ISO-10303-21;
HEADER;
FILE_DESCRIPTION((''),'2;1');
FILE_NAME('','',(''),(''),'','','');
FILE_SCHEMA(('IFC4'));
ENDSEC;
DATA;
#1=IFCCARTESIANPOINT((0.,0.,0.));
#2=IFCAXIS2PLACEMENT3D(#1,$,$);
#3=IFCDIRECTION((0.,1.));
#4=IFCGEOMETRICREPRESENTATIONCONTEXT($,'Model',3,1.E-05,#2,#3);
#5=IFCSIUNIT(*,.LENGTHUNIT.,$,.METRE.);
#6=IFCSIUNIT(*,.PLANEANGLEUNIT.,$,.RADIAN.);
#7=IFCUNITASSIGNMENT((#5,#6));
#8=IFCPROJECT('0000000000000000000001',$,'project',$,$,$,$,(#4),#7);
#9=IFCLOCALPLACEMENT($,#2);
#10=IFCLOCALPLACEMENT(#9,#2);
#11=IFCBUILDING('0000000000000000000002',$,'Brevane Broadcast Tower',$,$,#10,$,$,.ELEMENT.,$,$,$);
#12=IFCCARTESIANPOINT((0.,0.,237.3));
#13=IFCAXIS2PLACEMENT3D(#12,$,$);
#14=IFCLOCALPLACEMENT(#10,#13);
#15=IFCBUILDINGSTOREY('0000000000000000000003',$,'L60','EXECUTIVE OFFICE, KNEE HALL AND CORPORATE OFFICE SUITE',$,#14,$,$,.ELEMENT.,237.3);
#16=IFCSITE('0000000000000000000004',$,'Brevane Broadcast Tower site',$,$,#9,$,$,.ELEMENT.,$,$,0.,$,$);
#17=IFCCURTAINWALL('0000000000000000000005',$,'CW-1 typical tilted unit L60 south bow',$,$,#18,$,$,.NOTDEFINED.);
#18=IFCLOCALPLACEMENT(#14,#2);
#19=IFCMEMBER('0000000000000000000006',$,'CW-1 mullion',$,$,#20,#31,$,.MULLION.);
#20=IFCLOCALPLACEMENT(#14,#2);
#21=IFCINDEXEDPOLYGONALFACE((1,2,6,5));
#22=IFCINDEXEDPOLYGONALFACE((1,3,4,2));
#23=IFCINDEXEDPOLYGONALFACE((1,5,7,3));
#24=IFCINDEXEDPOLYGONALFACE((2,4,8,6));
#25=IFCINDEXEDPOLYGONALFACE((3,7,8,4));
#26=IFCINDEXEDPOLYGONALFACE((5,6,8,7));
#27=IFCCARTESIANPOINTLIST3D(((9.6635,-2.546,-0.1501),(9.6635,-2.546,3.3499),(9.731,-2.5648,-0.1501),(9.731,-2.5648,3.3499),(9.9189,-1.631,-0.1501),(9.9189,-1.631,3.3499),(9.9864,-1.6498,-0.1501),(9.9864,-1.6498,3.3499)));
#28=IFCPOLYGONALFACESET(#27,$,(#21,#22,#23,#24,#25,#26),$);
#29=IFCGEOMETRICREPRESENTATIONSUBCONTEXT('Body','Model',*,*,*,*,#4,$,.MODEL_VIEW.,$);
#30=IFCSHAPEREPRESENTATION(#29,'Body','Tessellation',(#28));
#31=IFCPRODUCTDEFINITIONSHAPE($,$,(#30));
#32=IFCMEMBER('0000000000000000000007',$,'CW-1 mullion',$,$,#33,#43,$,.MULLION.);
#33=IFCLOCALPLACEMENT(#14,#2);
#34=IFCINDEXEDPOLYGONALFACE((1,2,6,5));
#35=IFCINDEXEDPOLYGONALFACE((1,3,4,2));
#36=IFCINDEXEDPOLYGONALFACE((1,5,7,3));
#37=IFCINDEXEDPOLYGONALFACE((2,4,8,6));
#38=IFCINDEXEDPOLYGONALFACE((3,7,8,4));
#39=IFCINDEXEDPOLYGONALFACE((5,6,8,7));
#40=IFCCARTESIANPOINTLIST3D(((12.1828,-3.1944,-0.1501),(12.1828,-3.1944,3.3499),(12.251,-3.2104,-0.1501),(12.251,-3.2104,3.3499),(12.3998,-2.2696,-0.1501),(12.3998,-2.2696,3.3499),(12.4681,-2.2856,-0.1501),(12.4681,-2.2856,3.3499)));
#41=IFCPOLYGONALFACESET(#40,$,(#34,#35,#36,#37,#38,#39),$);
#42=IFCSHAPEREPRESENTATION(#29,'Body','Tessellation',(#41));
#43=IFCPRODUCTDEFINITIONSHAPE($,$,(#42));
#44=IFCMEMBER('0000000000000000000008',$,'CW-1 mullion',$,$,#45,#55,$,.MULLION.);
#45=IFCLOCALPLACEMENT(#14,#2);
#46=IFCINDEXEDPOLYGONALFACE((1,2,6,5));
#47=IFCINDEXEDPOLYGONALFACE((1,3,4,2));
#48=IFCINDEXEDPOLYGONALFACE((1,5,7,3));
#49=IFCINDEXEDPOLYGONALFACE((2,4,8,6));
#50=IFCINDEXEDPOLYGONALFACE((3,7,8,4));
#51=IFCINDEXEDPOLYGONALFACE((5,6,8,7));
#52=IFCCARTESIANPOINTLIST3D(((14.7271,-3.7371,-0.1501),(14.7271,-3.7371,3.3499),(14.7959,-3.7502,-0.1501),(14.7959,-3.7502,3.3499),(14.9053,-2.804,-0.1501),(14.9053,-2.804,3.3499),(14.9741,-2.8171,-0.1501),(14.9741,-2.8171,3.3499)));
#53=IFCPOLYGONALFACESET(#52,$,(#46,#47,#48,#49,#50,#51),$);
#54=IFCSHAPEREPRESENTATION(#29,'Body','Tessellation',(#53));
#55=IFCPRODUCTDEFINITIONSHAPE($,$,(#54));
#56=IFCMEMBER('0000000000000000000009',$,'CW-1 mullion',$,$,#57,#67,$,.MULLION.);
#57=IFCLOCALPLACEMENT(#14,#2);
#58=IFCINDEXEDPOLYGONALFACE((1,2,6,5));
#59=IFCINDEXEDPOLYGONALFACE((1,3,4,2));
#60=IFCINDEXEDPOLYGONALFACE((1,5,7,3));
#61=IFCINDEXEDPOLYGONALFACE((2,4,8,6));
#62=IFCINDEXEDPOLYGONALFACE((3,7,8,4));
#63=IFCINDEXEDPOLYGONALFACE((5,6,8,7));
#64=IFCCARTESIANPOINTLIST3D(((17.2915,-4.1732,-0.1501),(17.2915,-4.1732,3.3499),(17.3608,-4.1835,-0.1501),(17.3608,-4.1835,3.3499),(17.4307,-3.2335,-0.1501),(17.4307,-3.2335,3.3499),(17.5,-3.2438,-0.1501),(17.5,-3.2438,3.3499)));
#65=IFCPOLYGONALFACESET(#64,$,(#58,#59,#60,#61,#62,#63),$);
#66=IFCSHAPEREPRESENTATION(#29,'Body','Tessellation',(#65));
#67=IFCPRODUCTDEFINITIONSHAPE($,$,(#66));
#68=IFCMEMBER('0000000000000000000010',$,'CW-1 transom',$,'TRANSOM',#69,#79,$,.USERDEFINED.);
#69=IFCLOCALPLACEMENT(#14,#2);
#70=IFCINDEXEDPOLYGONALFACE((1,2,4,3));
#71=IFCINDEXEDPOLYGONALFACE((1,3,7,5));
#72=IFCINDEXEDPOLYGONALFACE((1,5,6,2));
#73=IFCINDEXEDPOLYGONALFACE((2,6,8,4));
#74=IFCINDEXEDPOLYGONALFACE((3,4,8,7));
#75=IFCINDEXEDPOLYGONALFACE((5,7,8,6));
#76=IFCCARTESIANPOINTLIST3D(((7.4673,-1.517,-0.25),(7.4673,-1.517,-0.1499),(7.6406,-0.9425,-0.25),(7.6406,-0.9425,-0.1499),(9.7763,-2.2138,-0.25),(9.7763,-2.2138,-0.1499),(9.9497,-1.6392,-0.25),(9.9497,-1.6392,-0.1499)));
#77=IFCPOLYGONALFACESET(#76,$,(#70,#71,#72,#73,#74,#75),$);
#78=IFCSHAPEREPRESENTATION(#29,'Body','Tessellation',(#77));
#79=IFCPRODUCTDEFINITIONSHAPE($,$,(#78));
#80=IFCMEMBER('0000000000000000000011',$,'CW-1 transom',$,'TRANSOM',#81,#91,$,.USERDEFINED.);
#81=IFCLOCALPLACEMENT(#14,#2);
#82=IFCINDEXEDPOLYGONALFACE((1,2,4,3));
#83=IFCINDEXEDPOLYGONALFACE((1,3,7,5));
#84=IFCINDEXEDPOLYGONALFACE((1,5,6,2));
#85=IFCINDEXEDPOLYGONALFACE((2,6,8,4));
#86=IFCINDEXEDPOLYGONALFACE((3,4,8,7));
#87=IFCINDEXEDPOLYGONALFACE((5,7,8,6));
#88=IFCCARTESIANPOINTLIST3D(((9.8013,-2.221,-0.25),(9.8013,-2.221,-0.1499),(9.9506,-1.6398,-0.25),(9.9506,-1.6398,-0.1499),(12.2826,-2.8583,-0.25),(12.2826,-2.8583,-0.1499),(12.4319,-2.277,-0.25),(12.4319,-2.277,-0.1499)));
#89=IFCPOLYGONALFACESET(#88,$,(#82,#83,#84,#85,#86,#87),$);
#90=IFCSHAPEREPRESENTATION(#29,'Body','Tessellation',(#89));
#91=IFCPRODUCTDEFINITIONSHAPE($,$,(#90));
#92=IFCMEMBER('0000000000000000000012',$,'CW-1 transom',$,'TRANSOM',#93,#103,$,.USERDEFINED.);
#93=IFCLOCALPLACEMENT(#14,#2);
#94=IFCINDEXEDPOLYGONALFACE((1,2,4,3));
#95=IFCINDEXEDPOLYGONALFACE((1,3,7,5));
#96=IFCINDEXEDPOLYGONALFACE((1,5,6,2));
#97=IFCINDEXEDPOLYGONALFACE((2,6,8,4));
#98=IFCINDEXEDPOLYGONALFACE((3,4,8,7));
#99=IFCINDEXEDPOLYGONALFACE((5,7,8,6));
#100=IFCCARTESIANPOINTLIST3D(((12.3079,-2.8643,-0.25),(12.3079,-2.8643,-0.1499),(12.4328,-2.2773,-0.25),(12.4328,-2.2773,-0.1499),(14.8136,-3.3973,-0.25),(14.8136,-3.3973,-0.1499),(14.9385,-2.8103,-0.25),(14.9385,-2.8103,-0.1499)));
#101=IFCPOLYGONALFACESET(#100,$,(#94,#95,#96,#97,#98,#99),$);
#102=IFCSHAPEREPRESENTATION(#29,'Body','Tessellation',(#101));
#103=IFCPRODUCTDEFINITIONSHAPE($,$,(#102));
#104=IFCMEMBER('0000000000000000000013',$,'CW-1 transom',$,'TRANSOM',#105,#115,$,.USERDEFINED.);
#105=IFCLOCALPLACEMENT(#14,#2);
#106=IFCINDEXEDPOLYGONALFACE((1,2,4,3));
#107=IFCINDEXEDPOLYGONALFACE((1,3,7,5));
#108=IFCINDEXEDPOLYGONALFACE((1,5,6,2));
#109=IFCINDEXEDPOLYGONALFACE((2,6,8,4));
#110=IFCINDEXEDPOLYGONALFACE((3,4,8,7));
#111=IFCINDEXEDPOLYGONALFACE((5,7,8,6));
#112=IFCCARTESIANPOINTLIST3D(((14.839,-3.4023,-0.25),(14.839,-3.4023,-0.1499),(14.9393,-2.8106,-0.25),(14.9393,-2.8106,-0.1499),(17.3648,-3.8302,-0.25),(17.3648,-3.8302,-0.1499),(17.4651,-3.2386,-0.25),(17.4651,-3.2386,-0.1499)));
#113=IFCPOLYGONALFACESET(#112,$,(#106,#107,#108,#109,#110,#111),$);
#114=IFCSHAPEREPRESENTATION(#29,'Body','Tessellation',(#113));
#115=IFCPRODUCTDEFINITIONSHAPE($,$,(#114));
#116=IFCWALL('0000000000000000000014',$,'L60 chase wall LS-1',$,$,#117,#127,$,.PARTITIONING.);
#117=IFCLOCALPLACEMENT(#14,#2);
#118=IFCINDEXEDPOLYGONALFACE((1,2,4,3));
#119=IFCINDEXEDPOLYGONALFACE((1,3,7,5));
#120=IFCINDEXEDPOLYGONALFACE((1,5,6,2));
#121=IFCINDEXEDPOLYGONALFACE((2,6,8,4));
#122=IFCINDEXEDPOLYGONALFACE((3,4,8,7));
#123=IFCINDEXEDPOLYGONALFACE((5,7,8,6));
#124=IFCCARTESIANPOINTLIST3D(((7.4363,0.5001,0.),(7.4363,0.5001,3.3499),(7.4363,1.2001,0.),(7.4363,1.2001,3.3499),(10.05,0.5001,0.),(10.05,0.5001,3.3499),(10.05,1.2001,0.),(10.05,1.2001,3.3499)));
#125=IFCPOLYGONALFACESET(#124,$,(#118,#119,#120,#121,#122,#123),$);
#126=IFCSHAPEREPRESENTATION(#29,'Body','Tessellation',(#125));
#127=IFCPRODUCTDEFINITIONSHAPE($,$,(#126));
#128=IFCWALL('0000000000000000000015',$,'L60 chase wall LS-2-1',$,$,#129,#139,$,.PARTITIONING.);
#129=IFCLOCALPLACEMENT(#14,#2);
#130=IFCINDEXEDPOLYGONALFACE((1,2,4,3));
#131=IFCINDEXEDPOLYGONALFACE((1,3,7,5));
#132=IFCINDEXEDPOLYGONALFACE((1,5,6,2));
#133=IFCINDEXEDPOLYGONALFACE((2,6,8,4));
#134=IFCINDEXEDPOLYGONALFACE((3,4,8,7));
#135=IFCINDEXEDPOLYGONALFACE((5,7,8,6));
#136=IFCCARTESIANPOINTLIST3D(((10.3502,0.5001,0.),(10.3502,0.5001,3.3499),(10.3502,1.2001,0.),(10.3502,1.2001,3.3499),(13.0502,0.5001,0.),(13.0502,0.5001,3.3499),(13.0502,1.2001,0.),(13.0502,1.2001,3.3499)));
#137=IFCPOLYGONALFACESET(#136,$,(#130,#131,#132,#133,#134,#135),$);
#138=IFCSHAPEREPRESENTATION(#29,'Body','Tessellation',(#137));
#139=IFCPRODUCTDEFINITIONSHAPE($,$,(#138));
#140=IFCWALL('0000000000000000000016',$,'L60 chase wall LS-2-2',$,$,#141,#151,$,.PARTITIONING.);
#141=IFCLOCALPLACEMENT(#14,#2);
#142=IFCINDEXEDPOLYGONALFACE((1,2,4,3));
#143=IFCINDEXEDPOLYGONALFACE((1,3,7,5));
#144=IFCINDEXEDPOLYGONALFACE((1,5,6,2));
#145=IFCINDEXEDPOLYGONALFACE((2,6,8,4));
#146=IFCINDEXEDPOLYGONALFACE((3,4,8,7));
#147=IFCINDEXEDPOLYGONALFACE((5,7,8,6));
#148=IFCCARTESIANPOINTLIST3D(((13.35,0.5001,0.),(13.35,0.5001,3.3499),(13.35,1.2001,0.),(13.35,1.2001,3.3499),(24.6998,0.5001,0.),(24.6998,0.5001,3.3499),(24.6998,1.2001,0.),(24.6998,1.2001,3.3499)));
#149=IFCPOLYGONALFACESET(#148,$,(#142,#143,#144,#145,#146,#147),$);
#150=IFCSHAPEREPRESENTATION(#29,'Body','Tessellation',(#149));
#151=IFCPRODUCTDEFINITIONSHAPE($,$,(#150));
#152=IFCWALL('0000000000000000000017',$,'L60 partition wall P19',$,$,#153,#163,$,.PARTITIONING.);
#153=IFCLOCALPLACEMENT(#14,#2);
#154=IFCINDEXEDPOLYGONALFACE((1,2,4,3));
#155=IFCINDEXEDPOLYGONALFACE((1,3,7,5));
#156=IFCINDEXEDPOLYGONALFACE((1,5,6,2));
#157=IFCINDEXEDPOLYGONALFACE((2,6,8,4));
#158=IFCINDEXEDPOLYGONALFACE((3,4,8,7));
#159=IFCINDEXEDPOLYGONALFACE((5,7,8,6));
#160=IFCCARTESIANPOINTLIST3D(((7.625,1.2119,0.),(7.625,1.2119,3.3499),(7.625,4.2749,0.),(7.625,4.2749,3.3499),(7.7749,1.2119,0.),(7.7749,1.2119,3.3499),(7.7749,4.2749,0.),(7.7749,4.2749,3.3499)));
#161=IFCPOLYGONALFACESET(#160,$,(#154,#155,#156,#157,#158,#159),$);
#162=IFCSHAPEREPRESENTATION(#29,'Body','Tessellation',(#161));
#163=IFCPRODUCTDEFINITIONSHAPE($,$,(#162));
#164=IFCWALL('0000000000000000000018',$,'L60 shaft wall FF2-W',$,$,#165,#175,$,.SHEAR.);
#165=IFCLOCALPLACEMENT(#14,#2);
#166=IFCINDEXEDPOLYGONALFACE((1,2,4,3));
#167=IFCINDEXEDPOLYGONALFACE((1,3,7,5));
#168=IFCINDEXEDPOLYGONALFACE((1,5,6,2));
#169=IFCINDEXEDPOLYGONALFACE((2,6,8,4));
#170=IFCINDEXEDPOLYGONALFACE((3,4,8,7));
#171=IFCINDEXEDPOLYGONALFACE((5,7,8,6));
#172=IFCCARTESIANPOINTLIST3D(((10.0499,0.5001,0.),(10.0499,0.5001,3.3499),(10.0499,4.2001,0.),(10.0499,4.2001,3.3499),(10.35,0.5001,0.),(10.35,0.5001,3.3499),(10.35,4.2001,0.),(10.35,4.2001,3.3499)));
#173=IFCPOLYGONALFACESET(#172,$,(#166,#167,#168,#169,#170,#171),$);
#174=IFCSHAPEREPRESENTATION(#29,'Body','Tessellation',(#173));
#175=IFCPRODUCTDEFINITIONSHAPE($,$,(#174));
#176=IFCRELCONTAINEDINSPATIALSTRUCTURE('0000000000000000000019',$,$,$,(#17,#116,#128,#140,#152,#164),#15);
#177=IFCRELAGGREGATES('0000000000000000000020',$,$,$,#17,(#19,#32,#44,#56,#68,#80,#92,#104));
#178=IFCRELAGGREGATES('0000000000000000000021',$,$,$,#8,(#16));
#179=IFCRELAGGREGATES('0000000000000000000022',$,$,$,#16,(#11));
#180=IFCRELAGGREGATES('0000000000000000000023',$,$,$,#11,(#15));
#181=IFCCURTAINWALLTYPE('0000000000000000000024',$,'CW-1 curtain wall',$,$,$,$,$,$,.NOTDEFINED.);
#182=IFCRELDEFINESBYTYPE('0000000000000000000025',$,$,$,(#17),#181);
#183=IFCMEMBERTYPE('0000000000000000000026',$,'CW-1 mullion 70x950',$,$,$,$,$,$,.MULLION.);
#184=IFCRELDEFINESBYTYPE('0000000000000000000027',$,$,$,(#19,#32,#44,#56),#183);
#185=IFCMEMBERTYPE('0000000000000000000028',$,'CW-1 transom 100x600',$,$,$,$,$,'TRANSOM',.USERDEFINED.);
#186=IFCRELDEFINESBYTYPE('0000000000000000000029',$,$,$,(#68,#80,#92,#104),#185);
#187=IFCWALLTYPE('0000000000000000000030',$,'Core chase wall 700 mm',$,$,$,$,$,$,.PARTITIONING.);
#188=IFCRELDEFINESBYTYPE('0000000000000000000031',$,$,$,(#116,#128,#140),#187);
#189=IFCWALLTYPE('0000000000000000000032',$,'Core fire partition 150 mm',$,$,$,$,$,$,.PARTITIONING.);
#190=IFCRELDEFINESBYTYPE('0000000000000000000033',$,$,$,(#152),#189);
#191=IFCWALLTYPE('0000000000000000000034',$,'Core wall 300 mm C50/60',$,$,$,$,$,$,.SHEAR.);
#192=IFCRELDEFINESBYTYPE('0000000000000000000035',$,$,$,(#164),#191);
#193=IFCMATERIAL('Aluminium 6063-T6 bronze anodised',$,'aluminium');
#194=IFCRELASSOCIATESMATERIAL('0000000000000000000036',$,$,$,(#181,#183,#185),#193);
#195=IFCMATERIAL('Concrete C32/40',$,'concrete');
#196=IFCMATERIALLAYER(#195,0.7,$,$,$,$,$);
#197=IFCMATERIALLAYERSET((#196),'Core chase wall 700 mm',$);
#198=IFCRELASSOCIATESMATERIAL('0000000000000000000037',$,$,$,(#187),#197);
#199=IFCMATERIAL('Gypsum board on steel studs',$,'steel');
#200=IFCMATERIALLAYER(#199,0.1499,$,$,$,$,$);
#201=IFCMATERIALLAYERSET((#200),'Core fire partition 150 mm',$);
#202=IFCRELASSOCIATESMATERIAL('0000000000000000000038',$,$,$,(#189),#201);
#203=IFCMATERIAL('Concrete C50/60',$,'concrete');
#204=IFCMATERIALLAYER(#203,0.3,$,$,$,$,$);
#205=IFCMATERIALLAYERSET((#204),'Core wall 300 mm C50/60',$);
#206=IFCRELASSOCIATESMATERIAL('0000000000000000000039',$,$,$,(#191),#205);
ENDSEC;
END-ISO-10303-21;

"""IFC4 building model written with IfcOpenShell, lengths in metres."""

from ifc_helpers import new_model, si_unit, direction, frame, frame_2d, origin, origin_2d, place, context, subcontext, project, spatial, rectangle, extrude, material, layer, layer_set, material_profile, profile_set, type_object, element, aggregate, save


model = new_model("IFC4")

# Units and contexts
model_context = context("Model", 3, precision=1e-05, world=origin(), true_north=direction((0.0, 1.0)))
body_context = subcontext(model_context, "Body", "Model", "MODEL_VIEW")
ifc_project = project(units=[si_unit("LENGTHUNIT", "METRE"), si_unit("PLANEANGLEUNIT", "RADIAN")], contexts=[model_context])

# Site, building, storey
site_placement = place(None, origin())
site = spatial("IfcSite", under=ifc_project, at=site_placement, Name="Brevane Broadcast Tower site", CompositionType="ELEMENT", RefElevation=0.0)
building_placement = place(site_placement, origin())
building = spatial("IfcBuilding", under=site, at=building_placement, Name="Brevane Broadcast Tower", CompositionType="ELEMENT")
storey_placement = place(building_placement, frame((0.0, 0.0, 237.3)))
storey = spatial("IfcBuildingStorey", under=building, at=storey_placement, Name="L60", Description="EXECUTIVE OFFICE, KNEE HALL AND CORPORATE OFFICE SUITE", CompositionType="ELEMENT", Elevation=237.3)

# Curtain wall, members
ifc_material_1 = material(Name="Aluminium 6063-T6 bronze anodised", Category="aluminium")
curtain_wall_type = type_object("IfcCurtainWallType", Name="CW-1 curtain wall", PredefinedType="NOTDEFINED", material=ifc_material_1)
curtain_wall_placement = place(storey_placement, origin())
curtain_wall = element("IfcCurtainWall", 1, at=curtain_wall_placement, inside=storey, type_object=curtain_wall_type, Name="CW-1 typical tilted unit L60 south bow", PredefinedType="NOTDEFINED")
ifc_material_profile_1 = material_profile(ifc_material_1, rectangle(XDim=0.95, YDim=0.0701, at=origin_2d()), Name="RECT 70x950")
ifc_profile_set_1 = profile_set([ifc_material_profile_1], Name="Aluminium 6063-T6 bronze anodised")
member_type_1 = type_object("IfcMemberType", Name="CW-1 mullion 70x950", PredefinedType="MULLION", material=ifc_profile_set_1)
member_1_placement = place(storey_placement, frame((9.825, -2.0979, -0.1501), z_axis=(0.0, 0.0, 1.0), x_axis=(0.268916, 0.963164, 0.0)))
member_1 = element("IfcMember", 2, at=member_1_placement, type_object=member_type_1, Name="CW-1 mullion", PredefinedType="MULLION", context=body_context, shape_type="SweptSolid", body=[
    extrude(rectangle(XDim=0.95, YDim=0.0701, at=origin_2d()), origin(), (0.0, 0.0, 1.0), 3.5),
])
member_2_placement = place(storey_placement, frame((12.3254, -2.74, -0.1501), z_axis=(0.0, 0.0, 1.0), x_axis=(0.228467, 0.973552, 0.0)))
member_2 = element("IfcMember", 3, at=member_2_placement, type_object=member_type_1, Name="CW-1 mullion", PredefinedType="MULLION", context=body_context, shape_type="SweptSolid", body=[
    extrude(rectangle(XDim=0.95, YDim=0.0701, at=origin_2d()), origin(), (0.0, 0.0, 1.0), 3.5),
])
member_3_placement = place(storey_placement, frame((14.8506, -3.2771, -0.1501), z_axis=(0.0, 0.0, 1.0), x_axis=(0.187621, 0.982242, 0.0)))
member_3 = element("IfcMember", 4, at=member_3_placement, type_object=member_type_1, Name="CW-1 mullion", PredefinedType="MULLION", context=body_context, shape_type="SweptSolid", body=[
    extrude(rectangle(XDim=0.95, YDim=0.0701, at=origin_2d()), origin(), (0.0, 0.0, 1.0), 3.5),
])
member_4_placement = place(storey_placement, frame((17.3958, -3.7085, -0.1501), z_axis=(0.0, 0.0, 1.0), x_axis=(0.146447, 0.989218, 0.0)))
member_4 = element("IfcMember", 5, at=member_4_placement, type_object=member_type_1, Name="CW-1 mullion", PredefinedType="MULLION", context=body_context, shape_type="SweptSolid", body=[
    extrude(rectangle(XDim=0.95, YDim=0.0701, at=origin_2d()), origin(), (0.0, 0.0, 1.0), 3.5),
])
ifc_material_profile_2 = material_profile(ifc_material_1, rectangle(XDim=0.6001, YDim=0.1001, at=origin_2d()), Name="RECT 100x600")
ifc_profile_set_2 = profile_set([ifc_material_profile_2], Name="Aluminium 6063-T6 bronze anodised")
member_type_2 = type_object("IfcMemberType", Name="CW-1 transom 100x600", ElementType="TRANSOM", PredefinedType="USERDEFINED", material=ifc_profile_set_2)
member_5_placement = place(storey_placement, frame((7.554, -1.2297, -0.2), z_axis=(0.957363, -0.288889, 0.0), x_axis=(0.288889, 0.957363, 0.0)))
member_5 = element("IfcMember", 6, at=member_5_placement, type_object=member_type_2, Name="CW-1 transom", ObjectType="TRANSOM", PredefinedType="USERDEFINED", context=body_context, shape_type="SweptSolid", body=[
    extrude(rectangle(XDim=0.6001, YDim=0.1001, at=origin_2d()), origin(), (0.0, 0.0, 1.0), 2.4119),
])
member_6_placement = place(storey_placement, frame((9.876, -1.9304, -0.2), z_axis=(0.96857, -0.248742, 0.0), x_axis=(0.248742, 0.96857, 0.0)))
member_6 = element("IfcMember", 7, at=member_6_placement, type_object=member_type_2, Name="CW-1 transom", ObjectType="TRANSOM", PredefinedType="USERDEFINED", context=body_context, shape_type="SweptSolid", body=[
    extrude(rectangle(XDim=0.6001, YDim=0.1001, at=origin_2d()), origin(), (0.0, 0.0, 1.0), 2.5618),
])
member_7_placement = place(storey_placement, frame((12.3704, -2.5708, -0.2), z_axis=(0.978118, -0.208051, 0.0), x_axis=(0.208051, 0.978118, 0.0)))
member_7 = element("IfcMember", 8, at=member_7_placement, type_object=member_type_2, Name="CW-1 transom", ObjectType="TRANSOM", PredefinedType="USERDEFINED", context=body_context, shape_type="SweptSolid", body=[
    extrude(rectangle(XDim=0.6001, YDim=0.1001, at=origin_2d()), origin(), (0.0, 0.0, 1.0), 2.5618),
])
member_8_placement = place(storey_placement, frame((14.8892, -3.1064, -0.2), z_axis=(0.985947, -0.167056, 0.0), x_axis=(0.167056, 0.985947, 0.0)))
member_8 = element("IfcMember", 9, at=member_8_placement, type_object=member_type_2, Name="CW-1 transom", ObjectType="TRANSOM", PredefinedType="USERDEFINED", context=body_context, shape_type="SweptSolid", body=[
    extrude(rectangle(XDim=0.6001, YDim=0.1001, at=origin_2d()), origin(), (0.0, 0.0, 1.0), 2.5618),
])
aggregate(curtain_wall, [member_1, member_2, member_3, member_4, member_5, member_6, member_7, member_8])

# Walls
ifc_material_2 = material(Name="Concrete C32/40", Category="concrete")
ifc_layer_1 = layer(ifc_material_2, 0.7)
ifc_layer_set_1 = layer_set([ifc_layer_1], Name="Core chase wall 700 mm")
wall_type_1 = type_object("IfcWallType", Name="Core chase wall 700 mm", PredefinedType="PARTITIONING", material=ifc_layer_set_1)
wall_1_placement = place(storey_placement, frame((7.4363, 0.8501, 0.0), z_axis=(0.0, 0.0, 1.0), x_axis=(1.0, 0.0, 0.0)))
element("IfcWall", 10, at=wall_1_placement, inside=storey, type_object=wall_type_1, Name="L60 chase wall LS-1", PredefinedType="PARTITIONING", context=body_context, shape_type="SweptSolid", body=[
    extrude(rectangle(XDim=2.6138, YDim=0.7, at=frame_2d((1.3069, 0.0))), origin(), (0.0, 0.0, 1.0), 3.3499),
])
wall_2_placement = place(storey_placement, frame((10.3501, 0.8501, 0.0), z_axis=(0.0, 0.0, 1.0), x_axis=(1.0, 0.0, 0.0)))
element("IfcWall", 11, at=wall_2_placement, inside=storey, type_object=wall_type_1, Name="L60 chase wall LS-2-1", PredefinedType="PARTITIONING", context=body_context, shape_type="SweptSolid", body=[
    extrude(rectangle(XDim=2.7, YDim=0.7, at=frame_2d((1.3501, 0.0))), origin(), (0.0, 0.0, 1.0), 3.3499),
])
wall_3_placement = place(storey_placement, frame((13.3501, 0.8501, 0.0), z_axis=(0.0, 0.0, 1.0), x_axis=(1.0, 0.0, 0.0)))
element("IfcWall", 12, at=wall_3_placement, inside=storey, type_object=wall_type_1, Name="L60 chase wall LS-2-2", PredefinedType="PARTITIONING", context=body_context, shape_type="SweptSolid", body=[
    extrude(rectangle(XDim=11.3499, YDim=0.7, at=frame_2d((5.6748, 0.0))), origin(), (0.0, 0.0, 1.0), 3.3499),
])
ifc_material_3 = material(Name="Gypsum board on steel studs", Category="steel")
ifc_layer_2 = layer(ifc_material_3, 0.1499)
ifc_layer_set_2 = layer_set([ifc_layer_2], Name="Core fire partition 150 mm")
wall_type_2 = type_object("IfcWallType", Name="Core fire partition 150 mm", PredefinedType="PARTITIONING", material=ifc_layer_set_2)
wall_4_placement = place(storey_placement, frame((7.7, 4.2749, 0.0), z_axis=(0.0, 0.0, 1.0), x_axis=(0.0, -1.0, 0.0)))
element("IfcWall", 13, at=wall_4_placement, inside=storey, type_object=wall_type_2, Name="L60 partition wall P19", PredefinedType="PARTITIONING", context=body_context, shape_type="SweptSolid", body=[
    extrude(rectangle(XDim=3.063, YDim=0.1499, at=frame_2d((1.5315, 0.0))), origin(), (0.0, 0.0, 1.0), 3.3499),
])
ifc_material_4 = material(Name="Concrete C50/60", Category="concrete")
ifc_layer_3 = layer(ifc_material_4, 0.3)
ifc_layer_set_3 = layer_set([ifc_layer_3], Name="Core wall 300 mm C50/60")
wall_type_3 = type_object("IfcWallType", Name="Core wall 300 mm C50/60", PredefinedType="SHEAR", material=ifc_layer_set_3)
wall_5_placement = place(storey_placement, frame((10.2, 0.5, 0.0), z_axis=(0.0, 0.0, 1.0), x_axis=(0.0, 1.0, 0.0)))
element("IfcWall", 14, at=wall_5_placement, inside=storey, type_object=wall_type_3, Name="L60 shaft wall FF2-W", PredefinedType="SHEAR", context=body_context, shape_type="SweptSolid", body=[
    extrude(rectangle(XDim=3.7, YDim=0.3, at=frame_2d((1.8501, 0.0))), origin(), (0.0, 0.0, 1.0), 3.3499),
])

save(model, "model.ifc")
